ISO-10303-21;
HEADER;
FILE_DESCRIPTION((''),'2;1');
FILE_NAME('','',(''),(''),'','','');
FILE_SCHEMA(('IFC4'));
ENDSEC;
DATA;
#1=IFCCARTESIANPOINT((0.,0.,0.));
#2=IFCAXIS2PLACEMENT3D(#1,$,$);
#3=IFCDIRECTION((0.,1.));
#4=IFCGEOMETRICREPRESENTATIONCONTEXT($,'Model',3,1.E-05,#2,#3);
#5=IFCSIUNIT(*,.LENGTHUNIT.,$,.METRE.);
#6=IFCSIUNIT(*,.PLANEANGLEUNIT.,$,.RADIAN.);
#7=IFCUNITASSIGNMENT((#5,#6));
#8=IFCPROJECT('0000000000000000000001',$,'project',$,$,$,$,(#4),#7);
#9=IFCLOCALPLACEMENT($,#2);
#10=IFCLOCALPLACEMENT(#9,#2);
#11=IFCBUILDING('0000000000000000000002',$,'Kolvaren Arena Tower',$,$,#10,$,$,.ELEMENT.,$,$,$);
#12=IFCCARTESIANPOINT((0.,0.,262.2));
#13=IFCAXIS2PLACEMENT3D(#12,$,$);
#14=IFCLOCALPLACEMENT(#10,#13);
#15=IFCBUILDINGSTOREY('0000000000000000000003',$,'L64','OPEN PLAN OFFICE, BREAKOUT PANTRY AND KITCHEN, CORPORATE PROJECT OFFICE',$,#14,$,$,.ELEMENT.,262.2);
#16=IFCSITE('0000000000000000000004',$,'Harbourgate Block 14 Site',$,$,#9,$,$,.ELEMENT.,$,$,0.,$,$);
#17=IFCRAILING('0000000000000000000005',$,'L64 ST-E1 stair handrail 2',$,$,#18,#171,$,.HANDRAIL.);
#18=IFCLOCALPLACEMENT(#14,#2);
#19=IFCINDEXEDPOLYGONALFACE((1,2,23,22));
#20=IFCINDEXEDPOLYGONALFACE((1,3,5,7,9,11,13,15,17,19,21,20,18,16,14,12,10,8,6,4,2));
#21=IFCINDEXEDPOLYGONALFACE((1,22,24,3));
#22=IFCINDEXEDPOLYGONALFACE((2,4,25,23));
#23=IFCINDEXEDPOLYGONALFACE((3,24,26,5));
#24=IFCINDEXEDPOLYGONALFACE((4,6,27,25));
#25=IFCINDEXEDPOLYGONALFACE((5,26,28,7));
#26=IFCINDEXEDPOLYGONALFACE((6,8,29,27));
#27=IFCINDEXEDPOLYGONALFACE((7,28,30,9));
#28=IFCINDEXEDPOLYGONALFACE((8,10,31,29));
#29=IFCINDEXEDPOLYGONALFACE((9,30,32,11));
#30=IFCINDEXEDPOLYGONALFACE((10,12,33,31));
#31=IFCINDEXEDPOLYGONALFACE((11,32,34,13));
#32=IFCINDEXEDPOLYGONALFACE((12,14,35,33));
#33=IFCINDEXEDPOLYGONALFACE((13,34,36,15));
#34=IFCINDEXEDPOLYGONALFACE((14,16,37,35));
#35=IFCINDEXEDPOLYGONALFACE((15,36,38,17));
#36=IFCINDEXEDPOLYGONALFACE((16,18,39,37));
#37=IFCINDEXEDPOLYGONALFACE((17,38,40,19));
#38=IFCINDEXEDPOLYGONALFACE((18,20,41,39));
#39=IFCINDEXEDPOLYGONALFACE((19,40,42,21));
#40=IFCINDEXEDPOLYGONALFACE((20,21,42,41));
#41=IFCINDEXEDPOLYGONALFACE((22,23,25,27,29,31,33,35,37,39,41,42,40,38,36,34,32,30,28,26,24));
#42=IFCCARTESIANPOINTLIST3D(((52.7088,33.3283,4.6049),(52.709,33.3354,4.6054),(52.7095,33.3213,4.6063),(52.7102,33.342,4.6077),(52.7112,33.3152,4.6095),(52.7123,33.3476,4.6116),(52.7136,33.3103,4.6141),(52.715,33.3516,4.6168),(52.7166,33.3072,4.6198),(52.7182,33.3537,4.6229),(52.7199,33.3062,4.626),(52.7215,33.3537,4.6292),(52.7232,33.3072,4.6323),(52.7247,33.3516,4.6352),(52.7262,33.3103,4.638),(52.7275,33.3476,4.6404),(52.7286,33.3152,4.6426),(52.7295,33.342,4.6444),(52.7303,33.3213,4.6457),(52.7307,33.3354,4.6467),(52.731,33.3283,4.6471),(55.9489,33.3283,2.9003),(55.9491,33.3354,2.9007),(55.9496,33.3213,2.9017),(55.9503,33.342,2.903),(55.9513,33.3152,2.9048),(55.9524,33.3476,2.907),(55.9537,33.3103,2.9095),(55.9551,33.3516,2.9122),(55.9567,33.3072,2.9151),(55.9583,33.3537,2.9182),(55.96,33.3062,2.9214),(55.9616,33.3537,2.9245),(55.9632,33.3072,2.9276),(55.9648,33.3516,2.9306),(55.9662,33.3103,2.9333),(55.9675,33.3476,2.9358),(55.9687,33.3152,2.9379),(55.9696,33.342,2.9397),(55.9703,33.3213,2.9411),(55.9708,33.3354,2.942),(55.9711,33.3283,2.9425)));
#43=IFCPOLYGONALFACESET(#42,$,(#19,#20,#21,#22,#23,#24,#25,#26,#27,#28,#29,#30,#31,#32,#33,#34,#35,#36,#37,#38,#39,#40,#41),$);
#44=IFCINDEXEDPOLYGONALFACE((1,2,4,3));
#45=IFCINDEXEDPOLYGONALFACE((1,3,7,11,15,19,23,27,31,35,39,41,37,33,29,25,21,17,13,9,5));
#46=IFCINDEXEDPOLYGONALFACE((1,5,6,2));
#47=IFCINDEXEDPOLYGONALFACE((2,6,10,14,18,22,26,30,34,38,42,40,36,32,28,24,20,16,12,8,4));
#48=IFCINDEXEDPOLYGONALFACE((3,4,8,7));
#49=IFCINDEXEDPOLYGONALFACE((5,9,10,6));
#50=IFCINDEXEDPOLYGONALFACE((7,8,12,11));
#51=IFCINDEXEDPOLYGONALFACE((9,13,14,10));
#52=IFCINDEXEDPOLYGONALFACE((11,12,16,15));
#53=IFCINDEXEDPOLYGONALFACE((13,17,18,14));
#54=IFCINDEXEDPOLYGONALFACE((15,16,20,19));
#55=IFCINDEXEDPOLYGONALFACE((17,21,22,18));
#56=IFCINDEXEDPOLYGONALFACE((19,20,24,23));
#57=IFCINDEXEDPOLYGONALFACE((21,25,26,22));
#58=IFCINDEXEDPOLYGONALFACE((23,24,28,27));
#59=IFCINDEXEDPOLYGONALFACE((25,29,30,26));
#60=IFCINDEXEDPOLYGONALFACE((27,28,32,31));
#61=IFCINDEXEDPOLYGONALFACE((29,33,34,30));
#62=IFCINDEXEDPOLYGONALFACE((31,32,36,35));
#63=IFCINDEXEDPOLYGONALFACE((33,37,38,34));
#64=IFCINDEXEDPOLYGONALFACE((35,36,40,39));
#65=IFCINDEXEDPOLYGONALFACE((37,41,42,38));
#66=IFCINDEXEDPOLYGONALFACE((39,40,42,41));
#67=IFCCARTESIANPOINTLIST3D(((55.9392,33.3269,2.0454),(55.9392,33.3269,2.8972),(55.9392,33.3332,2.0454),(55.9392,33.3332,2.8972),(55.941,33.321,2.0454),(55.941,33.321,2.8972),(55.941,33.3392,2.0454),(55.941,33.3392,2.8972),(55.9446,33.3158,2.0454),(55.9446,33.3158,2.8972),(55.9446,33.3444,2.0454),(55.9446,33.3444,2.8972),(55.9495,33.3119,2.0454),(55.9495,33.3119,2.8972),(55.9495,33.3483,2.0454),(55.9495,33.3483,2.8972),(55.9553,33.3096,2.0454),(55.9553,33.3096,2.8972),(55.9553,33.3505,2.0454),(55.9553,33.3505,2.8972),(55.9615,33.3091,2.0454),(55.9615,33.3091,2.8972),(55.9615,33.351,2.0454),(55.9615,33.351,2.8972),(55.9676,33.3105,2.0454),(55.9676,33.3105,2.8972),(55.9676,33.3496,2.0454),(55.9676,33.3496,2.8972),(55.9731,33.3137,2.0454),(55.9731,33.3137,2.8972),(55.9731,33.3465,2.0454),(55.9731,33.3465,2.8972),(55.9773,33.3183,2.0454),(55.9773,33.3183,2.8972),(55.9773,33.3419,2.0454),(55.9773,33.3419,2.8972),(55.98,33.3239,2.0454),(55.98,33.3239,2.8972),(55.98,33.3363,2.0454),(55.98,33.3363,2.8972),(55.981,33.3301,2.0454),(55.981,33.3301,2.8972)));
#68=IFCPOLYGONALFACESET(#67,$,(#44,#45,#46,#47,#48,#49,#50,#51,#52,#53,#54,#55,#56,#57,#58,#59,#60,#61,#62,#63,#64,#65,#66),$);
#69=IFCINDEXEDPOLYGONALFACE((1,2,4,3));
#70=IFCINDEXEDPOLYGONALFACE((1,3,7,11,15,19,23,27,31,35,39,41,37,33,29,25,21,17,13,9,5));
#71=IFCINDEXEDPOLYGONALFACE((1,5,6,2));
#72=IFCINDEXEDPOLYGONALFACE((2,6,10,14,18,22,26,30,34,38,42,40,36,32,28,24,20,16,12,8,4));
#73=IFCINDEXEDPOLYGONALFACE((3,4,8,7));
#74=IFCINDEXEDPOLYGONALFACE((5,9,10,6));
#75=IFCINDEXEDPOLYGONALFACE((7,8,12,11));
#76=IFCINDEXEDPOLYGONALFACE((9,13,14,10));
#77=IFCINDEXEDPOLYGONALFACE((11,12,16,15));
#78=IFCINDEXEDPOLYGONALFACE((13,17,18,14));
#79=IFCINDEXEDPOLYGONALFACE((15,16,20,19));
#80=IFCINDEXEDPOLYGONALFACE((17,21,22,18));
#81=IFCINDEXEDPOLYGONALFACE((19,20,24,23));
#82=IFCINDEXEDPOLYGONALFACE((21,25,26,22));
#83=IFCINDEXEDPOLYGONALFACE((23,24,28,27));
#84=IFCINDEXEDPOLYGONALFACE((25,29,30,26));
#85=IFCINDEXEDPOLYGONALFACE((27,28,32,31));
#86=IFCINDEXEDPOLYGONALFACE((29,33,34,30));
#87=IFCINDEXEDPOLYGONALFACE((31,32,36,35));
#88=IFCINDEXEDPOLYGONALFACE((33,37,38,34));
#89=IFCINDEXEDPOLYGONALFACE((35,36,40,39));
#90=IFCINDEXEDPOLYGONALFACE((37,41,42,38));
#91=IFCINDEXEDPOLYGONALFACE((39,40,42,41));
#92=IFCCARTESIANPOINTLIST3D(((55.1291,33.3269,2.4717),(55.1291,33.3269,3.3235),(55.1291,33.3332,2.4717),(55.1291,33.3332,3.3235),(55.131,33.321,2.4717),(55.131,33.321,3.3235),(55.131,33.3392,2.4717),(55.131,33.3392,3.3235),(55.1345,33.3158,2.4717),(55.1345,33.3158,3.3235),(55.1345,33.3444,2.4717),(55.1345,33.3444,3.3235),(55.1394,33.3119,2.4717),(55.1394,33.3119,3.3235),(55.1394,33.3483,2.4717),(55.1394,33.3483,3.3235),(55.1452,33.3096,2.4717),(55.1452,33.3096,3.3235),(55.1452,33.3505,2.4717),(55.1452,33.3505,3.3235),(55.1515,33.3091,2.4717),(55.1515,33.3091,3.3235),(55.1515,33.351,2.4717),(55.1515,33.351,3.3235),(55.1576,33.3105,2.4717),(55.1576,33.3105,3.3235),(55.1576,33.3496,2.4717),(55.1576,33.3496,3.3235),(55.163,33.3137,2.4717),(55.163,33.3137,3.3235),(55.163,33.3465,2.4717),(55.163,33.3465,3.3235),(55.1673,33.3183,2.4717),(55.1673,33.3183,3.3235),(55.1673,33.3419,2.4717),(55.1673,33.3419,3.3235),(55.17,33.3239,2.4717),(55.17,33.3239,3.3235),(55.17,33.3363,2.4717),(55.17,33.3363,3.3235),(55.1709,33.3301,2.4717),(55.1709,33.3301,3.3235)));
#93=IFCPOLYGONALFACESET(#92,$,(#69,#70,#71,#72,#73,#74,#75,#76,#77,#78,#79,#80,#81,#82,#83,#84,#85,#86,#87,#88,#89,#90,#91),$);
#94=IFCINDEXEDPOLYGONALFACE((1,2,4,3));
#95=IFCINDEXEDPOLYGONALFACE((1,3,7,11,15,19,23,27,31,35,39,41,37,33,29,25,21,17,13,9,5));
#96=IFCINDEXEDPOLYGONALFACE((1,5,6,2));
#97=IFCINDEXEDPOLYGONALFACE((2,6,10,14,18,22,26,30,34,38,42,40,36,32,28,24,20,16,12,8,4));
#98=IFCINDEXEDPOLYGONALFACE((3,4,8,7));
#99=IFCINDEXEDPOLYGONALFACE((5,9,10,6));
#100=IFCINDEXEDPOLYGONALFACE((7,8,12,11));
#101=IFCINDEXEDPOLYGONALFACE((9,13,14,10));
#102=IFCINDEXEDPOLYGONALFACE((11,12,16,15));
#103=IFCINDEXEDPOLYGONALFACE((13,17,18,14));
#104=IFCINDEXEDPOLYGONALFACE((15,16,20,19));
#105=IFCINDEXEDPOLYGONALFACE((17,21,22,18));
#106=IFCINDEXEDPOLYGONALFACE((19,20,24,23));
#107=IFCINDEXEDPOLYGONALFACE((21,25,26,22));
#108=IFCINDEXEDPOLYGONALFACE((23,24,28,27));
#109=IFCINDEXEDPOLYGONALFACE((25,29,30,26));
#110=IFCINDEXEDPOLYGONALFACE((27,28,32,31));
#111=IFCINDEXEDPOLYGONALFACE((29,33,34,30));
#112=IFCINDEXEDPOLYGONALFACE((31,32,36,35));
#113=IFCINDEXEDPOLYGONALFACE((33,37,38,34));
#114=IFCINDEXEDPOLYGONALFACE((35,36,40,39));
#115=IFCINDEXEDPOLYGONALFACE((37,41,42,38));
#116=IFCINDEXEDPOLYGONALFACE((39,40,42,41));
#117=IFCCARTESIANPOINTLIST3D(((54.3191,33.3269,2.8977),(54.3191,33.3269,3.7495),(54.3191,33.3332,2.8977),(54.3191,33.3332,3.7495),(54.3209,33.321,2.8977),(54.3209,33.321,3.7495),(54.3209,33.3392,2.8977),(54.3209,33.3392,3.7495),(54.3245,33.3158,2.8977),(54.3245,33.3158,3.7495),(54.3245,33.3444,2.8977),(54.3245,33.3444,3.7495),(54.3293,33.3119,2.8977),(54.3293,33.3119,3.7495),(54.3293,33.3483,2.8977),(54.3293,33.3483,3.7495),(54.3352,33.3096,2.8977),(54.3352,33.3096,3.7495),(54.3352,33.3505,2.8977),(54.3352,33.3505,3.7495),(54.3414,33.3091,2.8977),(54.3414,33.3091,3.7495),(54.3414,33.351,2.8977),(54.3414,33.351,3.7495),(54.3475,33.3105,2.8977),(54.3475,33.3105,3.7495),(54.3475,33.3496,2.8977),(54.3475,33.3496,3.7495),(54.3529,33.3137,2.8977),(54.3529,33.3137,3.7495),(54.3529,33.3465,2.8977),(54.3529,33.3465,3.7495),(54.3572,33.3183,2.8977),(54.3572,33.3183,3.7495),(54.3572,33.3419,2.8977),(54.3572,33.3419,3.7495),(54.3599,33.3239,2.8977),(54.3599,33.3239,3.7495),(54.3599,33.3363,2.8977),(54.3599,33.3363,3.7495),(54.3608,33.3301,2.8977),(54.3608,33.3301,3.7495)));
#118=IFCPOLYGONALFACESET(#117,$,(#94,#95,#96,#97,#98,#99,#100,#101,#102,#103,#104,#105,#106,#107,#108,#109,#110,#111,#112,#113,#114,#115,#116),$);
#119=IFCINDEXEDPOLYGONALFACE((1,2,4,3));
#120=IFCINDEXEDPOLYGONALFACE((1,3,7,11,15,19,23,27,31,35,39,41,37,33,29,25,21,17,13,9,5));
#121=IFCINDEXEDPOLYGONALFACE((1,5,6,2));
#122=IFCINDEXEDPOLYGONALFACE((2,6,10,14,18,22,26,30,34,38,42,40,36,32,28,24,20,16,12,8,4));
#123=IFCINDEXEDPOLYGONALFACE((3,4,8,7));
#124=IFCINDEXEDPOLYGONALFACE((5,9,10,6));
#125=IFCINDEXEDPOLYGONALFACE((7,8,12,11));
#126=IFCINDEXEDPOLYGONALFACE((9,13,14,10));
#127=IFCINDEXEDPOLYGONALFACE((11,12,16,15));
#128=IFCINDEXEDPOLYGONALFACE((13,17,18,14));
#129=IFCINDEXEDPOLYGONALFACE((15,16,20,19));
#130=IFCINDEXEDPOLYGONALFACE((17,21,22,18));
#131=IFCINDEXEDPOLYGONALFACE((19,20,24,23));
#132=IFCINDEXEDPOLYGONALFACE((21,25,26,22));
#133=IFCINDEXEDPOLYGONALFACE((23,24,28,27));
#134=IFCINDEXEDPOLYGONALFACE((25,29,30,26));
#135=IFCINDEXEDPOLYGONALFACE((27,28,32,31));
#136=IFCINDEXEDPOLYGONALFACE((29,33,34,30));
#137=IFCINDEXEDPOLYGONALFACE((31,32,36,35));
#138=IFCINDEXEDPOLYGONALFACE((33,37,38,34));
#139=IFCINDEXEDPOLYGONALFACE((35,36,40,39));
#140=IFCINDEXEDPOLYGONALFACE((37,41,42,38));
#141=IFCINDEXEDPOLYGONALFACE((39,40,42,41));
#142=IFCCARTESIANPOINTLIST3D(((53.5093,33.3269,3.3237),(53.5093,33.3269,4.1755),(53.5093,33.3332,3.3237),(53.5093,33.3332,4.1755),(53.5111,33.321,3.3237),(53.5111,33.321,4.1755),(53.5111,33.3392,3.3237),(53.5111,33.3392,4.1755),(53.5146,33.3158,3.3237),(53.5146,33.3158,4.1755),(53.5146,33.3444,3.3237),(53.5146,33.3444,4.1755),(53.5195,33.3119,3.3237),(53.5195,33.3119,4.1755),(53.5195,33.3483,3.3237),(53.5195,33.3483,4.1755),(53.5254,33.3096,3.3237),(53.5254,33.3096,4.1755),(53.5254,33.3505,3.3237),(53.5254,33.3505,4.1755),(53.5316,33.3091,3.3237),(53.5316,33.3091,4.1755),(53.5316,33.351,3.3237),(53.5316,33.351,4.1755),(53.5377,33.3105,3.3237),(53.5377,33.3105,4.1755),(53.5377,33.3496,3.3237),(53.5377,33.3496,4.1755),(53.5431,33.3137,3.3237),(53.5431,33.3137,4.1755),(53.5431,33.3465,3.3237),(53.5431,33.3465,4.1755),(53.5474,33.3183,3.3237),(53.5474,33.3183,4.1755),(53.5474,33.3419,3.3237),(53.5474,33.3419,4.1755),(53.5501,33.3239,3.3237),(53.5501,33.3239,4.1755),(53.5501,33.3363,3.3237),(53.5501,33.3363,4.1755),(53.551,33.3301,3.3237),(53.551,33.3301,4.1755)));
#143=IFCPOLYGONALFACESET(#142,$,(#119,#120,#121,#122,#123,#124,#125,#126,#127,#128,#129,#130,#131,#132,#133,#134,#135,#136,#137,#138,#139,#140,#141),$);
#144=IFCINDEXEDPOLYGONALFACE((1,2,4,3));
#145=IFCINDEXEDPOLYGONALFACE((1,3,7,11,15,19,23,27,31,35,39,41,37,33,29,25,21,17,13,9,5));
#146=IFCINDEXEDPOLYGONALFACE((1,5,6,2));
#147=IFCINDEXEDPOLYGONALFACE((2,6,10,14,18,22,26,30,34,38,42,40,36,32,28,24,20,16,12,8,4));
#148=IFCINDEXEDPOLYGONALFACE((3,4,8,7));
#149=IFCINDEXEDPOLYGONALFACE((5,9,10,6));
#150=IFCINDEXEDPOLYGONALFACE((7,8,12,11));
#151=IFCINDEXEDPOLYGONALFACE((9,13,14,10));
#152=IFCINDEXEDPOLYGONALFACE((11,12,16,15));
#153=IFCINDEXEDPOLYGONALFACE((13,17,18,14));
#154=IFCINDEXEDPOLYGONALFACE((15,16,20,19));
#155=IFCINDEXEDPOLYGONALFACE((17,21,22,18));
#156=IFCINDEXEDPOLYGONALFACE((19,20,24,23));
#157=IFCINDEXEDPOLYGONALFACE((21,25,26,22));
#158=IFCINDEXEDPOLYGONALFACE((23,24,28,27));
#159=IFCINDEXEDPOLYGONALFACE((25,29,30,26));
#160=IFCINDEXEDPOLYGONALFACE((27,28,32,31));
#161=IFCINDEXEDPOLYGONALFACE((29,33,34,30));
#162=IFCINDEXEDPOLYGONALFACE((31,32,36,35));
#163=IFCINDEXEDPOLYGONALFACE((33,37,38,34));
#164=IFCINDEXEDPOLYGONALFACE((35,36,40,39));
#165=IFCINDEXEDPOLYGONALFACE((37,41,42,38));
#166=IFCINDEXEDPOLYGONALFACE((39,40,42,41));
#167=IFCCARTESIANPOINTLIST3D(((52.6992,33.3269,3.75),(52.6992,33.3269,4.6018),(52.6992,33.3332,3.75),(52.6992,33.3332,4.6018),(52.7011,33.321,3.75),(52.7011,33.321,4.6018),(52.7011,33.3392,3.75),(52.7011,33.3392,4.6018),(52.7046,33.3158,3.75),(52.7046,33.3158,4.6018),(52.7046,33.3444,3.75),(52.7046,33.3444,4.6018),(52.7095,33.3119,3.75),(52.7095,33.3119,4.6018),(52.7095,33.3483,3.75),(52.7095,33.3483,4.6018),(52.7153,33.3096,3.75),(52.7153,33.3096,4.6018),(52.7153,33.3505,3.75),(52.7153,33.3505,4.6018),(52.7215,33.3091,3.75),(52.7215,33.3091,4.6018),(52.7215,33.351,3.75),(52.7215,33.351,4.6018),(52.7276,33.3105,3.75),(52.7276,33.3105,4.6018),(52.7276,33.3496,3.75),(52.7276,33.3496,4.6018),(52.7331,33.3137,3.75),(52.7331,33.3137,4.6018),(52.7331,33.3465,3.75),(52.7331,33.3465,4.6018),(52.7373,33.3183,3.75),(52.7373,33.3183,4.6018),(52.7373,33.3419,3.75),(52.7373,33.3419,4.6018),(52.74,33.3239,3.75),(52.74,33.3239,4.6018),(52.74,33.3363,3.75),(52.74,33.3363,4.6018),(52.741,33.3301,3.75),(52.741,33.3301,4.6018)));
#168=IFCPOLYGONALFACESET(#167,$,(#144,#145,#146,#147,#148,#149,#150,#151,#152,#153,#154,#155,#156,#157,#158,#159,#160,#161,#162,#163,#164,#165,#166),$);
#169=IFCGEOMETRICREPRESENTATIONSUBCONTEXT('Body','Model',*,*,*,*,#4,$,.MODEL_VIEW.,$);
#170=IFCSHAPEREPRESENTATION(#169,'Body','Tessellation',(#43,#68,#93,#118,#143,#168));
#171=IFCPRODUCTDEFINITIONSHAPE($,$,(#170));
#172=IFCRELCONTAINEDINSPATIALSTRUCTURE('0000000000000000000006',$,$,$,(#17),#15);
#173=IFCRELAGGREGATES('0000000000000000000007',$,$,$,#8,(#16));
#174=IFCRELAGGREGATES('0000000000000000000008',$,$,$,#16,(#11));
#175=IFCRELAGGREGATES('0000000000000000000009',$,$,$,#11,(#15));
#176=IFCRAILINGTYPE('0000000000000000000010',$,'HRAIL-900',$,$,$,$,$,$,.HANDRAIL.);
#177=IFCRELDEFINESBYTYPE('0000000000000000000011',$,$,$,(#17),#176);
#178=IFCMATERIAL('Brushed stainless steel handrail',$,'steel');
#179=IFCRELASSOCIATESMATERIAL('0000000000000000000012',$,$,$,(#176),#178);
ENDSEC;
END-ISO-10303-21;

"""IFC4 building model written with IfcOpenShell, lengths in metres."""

from ifc_helpers import new_model, si_unit, direction, frame, origin, origin_2d, place, context, subcontext, project, spatial, circle, extrude, material, type_object, element, save


model = new_model("IFC4")

# Units and contexts
model_context = context("Model", 3, precision=1e-05, world=origin(), true_north=direction((0.0, 1.0)))
body_context = subcontext(model_context, "Body", "Model", "MODEL_VIEW")
ifc_project = project(units=[si_unit("LENGTHUNIT", "METRE"), si_unit("PLANEANGLEUNIT", "RADIAN")], contexts=[model_context])

# Site, building, storey
site_placement = place(None, origin())
site = spatial("IfcSite", under=ifc_project, at=site_placement, Name="Harbourgate Block 14 Site", CompositionType="ELEMENT", RefElevation=0.0)
building_placement = place(site_placement, origin())
building = spatial("IfcBuilding", under=site, at=building_placement, Name="Kolvaren Arena Tower", CompositionType="ELEMENT")
storey_placement = place(building_placement, frame((0.0, 0.0, 262.2)))
storey = spatial("IfcBuildingStorey", under=building, at=storey_placement, Name="L64", Description="OPEN PLAN OFFICE, BREAKOUT PANTRY AND KITCHEN, CORPORATE PROJECT OFFICE", CompositionType="ELEMENT", Elevation=262.2)

# Railing
ifc_material_1 = material(Name="Brushed stainless steel handrail", Category="steel")
railing_type_1 = type_object("IfcRailingType", Name="HRAIL-900", PredefinedType="HANDRAIL", material=ifc_material_1)
for number, where, name in (
    (1, (55.96, 33.3301, 2.0454), "L64 ST-E1 stair handrail 2"),
):
    element("IfcRailing", number, at=place(storey_placement, frame(where)), inside=storey, type_object=railing_type_1, Name=name, PredefinedType="HANDRAIL", context=body_context, shape_type="SweptSolid", body=[
        extrude(circle(Radius=0.0239, at=origin_2d()), frame((0.0, 0.0, 0.876), z_axis=(-0.884993, 0.0, 0.465604), x_axis=(0.0, -1.0, 0.0)), (0.0, 0.0, 1.0), 3.6611),
        extrude(circle(Radius=0.021, at=origin_2d()), origin(), (0.0, 0.0, 1.0), 0.8518),
        extrude(circle(Radius=0.021, at=origin_2d()), frame((-0.8101, 0.0, 0.4263)), (0.0, 0.0, 1.0), 0.8518),
        extrude(circle(Radius=0.021, at=origin_2d()), frame((-1.6201, 0.0, 0.8523)), (0.0, 0.0, 1.0), 0.8518),
        extrude(circle(Radius=0.021, at=origin_2d()), frame((-2.4299, 0.0, 1.2783)), (0.0, 0.0, 1.0), 0.8518),
        extrude(circle(Radius=0.021, at=origin_2d()), frame((-3.24, 0.0, 1.7046)), (0.0, 0.0, 1.0), 0.8518),
    ])

save(model, "model.ifc")
